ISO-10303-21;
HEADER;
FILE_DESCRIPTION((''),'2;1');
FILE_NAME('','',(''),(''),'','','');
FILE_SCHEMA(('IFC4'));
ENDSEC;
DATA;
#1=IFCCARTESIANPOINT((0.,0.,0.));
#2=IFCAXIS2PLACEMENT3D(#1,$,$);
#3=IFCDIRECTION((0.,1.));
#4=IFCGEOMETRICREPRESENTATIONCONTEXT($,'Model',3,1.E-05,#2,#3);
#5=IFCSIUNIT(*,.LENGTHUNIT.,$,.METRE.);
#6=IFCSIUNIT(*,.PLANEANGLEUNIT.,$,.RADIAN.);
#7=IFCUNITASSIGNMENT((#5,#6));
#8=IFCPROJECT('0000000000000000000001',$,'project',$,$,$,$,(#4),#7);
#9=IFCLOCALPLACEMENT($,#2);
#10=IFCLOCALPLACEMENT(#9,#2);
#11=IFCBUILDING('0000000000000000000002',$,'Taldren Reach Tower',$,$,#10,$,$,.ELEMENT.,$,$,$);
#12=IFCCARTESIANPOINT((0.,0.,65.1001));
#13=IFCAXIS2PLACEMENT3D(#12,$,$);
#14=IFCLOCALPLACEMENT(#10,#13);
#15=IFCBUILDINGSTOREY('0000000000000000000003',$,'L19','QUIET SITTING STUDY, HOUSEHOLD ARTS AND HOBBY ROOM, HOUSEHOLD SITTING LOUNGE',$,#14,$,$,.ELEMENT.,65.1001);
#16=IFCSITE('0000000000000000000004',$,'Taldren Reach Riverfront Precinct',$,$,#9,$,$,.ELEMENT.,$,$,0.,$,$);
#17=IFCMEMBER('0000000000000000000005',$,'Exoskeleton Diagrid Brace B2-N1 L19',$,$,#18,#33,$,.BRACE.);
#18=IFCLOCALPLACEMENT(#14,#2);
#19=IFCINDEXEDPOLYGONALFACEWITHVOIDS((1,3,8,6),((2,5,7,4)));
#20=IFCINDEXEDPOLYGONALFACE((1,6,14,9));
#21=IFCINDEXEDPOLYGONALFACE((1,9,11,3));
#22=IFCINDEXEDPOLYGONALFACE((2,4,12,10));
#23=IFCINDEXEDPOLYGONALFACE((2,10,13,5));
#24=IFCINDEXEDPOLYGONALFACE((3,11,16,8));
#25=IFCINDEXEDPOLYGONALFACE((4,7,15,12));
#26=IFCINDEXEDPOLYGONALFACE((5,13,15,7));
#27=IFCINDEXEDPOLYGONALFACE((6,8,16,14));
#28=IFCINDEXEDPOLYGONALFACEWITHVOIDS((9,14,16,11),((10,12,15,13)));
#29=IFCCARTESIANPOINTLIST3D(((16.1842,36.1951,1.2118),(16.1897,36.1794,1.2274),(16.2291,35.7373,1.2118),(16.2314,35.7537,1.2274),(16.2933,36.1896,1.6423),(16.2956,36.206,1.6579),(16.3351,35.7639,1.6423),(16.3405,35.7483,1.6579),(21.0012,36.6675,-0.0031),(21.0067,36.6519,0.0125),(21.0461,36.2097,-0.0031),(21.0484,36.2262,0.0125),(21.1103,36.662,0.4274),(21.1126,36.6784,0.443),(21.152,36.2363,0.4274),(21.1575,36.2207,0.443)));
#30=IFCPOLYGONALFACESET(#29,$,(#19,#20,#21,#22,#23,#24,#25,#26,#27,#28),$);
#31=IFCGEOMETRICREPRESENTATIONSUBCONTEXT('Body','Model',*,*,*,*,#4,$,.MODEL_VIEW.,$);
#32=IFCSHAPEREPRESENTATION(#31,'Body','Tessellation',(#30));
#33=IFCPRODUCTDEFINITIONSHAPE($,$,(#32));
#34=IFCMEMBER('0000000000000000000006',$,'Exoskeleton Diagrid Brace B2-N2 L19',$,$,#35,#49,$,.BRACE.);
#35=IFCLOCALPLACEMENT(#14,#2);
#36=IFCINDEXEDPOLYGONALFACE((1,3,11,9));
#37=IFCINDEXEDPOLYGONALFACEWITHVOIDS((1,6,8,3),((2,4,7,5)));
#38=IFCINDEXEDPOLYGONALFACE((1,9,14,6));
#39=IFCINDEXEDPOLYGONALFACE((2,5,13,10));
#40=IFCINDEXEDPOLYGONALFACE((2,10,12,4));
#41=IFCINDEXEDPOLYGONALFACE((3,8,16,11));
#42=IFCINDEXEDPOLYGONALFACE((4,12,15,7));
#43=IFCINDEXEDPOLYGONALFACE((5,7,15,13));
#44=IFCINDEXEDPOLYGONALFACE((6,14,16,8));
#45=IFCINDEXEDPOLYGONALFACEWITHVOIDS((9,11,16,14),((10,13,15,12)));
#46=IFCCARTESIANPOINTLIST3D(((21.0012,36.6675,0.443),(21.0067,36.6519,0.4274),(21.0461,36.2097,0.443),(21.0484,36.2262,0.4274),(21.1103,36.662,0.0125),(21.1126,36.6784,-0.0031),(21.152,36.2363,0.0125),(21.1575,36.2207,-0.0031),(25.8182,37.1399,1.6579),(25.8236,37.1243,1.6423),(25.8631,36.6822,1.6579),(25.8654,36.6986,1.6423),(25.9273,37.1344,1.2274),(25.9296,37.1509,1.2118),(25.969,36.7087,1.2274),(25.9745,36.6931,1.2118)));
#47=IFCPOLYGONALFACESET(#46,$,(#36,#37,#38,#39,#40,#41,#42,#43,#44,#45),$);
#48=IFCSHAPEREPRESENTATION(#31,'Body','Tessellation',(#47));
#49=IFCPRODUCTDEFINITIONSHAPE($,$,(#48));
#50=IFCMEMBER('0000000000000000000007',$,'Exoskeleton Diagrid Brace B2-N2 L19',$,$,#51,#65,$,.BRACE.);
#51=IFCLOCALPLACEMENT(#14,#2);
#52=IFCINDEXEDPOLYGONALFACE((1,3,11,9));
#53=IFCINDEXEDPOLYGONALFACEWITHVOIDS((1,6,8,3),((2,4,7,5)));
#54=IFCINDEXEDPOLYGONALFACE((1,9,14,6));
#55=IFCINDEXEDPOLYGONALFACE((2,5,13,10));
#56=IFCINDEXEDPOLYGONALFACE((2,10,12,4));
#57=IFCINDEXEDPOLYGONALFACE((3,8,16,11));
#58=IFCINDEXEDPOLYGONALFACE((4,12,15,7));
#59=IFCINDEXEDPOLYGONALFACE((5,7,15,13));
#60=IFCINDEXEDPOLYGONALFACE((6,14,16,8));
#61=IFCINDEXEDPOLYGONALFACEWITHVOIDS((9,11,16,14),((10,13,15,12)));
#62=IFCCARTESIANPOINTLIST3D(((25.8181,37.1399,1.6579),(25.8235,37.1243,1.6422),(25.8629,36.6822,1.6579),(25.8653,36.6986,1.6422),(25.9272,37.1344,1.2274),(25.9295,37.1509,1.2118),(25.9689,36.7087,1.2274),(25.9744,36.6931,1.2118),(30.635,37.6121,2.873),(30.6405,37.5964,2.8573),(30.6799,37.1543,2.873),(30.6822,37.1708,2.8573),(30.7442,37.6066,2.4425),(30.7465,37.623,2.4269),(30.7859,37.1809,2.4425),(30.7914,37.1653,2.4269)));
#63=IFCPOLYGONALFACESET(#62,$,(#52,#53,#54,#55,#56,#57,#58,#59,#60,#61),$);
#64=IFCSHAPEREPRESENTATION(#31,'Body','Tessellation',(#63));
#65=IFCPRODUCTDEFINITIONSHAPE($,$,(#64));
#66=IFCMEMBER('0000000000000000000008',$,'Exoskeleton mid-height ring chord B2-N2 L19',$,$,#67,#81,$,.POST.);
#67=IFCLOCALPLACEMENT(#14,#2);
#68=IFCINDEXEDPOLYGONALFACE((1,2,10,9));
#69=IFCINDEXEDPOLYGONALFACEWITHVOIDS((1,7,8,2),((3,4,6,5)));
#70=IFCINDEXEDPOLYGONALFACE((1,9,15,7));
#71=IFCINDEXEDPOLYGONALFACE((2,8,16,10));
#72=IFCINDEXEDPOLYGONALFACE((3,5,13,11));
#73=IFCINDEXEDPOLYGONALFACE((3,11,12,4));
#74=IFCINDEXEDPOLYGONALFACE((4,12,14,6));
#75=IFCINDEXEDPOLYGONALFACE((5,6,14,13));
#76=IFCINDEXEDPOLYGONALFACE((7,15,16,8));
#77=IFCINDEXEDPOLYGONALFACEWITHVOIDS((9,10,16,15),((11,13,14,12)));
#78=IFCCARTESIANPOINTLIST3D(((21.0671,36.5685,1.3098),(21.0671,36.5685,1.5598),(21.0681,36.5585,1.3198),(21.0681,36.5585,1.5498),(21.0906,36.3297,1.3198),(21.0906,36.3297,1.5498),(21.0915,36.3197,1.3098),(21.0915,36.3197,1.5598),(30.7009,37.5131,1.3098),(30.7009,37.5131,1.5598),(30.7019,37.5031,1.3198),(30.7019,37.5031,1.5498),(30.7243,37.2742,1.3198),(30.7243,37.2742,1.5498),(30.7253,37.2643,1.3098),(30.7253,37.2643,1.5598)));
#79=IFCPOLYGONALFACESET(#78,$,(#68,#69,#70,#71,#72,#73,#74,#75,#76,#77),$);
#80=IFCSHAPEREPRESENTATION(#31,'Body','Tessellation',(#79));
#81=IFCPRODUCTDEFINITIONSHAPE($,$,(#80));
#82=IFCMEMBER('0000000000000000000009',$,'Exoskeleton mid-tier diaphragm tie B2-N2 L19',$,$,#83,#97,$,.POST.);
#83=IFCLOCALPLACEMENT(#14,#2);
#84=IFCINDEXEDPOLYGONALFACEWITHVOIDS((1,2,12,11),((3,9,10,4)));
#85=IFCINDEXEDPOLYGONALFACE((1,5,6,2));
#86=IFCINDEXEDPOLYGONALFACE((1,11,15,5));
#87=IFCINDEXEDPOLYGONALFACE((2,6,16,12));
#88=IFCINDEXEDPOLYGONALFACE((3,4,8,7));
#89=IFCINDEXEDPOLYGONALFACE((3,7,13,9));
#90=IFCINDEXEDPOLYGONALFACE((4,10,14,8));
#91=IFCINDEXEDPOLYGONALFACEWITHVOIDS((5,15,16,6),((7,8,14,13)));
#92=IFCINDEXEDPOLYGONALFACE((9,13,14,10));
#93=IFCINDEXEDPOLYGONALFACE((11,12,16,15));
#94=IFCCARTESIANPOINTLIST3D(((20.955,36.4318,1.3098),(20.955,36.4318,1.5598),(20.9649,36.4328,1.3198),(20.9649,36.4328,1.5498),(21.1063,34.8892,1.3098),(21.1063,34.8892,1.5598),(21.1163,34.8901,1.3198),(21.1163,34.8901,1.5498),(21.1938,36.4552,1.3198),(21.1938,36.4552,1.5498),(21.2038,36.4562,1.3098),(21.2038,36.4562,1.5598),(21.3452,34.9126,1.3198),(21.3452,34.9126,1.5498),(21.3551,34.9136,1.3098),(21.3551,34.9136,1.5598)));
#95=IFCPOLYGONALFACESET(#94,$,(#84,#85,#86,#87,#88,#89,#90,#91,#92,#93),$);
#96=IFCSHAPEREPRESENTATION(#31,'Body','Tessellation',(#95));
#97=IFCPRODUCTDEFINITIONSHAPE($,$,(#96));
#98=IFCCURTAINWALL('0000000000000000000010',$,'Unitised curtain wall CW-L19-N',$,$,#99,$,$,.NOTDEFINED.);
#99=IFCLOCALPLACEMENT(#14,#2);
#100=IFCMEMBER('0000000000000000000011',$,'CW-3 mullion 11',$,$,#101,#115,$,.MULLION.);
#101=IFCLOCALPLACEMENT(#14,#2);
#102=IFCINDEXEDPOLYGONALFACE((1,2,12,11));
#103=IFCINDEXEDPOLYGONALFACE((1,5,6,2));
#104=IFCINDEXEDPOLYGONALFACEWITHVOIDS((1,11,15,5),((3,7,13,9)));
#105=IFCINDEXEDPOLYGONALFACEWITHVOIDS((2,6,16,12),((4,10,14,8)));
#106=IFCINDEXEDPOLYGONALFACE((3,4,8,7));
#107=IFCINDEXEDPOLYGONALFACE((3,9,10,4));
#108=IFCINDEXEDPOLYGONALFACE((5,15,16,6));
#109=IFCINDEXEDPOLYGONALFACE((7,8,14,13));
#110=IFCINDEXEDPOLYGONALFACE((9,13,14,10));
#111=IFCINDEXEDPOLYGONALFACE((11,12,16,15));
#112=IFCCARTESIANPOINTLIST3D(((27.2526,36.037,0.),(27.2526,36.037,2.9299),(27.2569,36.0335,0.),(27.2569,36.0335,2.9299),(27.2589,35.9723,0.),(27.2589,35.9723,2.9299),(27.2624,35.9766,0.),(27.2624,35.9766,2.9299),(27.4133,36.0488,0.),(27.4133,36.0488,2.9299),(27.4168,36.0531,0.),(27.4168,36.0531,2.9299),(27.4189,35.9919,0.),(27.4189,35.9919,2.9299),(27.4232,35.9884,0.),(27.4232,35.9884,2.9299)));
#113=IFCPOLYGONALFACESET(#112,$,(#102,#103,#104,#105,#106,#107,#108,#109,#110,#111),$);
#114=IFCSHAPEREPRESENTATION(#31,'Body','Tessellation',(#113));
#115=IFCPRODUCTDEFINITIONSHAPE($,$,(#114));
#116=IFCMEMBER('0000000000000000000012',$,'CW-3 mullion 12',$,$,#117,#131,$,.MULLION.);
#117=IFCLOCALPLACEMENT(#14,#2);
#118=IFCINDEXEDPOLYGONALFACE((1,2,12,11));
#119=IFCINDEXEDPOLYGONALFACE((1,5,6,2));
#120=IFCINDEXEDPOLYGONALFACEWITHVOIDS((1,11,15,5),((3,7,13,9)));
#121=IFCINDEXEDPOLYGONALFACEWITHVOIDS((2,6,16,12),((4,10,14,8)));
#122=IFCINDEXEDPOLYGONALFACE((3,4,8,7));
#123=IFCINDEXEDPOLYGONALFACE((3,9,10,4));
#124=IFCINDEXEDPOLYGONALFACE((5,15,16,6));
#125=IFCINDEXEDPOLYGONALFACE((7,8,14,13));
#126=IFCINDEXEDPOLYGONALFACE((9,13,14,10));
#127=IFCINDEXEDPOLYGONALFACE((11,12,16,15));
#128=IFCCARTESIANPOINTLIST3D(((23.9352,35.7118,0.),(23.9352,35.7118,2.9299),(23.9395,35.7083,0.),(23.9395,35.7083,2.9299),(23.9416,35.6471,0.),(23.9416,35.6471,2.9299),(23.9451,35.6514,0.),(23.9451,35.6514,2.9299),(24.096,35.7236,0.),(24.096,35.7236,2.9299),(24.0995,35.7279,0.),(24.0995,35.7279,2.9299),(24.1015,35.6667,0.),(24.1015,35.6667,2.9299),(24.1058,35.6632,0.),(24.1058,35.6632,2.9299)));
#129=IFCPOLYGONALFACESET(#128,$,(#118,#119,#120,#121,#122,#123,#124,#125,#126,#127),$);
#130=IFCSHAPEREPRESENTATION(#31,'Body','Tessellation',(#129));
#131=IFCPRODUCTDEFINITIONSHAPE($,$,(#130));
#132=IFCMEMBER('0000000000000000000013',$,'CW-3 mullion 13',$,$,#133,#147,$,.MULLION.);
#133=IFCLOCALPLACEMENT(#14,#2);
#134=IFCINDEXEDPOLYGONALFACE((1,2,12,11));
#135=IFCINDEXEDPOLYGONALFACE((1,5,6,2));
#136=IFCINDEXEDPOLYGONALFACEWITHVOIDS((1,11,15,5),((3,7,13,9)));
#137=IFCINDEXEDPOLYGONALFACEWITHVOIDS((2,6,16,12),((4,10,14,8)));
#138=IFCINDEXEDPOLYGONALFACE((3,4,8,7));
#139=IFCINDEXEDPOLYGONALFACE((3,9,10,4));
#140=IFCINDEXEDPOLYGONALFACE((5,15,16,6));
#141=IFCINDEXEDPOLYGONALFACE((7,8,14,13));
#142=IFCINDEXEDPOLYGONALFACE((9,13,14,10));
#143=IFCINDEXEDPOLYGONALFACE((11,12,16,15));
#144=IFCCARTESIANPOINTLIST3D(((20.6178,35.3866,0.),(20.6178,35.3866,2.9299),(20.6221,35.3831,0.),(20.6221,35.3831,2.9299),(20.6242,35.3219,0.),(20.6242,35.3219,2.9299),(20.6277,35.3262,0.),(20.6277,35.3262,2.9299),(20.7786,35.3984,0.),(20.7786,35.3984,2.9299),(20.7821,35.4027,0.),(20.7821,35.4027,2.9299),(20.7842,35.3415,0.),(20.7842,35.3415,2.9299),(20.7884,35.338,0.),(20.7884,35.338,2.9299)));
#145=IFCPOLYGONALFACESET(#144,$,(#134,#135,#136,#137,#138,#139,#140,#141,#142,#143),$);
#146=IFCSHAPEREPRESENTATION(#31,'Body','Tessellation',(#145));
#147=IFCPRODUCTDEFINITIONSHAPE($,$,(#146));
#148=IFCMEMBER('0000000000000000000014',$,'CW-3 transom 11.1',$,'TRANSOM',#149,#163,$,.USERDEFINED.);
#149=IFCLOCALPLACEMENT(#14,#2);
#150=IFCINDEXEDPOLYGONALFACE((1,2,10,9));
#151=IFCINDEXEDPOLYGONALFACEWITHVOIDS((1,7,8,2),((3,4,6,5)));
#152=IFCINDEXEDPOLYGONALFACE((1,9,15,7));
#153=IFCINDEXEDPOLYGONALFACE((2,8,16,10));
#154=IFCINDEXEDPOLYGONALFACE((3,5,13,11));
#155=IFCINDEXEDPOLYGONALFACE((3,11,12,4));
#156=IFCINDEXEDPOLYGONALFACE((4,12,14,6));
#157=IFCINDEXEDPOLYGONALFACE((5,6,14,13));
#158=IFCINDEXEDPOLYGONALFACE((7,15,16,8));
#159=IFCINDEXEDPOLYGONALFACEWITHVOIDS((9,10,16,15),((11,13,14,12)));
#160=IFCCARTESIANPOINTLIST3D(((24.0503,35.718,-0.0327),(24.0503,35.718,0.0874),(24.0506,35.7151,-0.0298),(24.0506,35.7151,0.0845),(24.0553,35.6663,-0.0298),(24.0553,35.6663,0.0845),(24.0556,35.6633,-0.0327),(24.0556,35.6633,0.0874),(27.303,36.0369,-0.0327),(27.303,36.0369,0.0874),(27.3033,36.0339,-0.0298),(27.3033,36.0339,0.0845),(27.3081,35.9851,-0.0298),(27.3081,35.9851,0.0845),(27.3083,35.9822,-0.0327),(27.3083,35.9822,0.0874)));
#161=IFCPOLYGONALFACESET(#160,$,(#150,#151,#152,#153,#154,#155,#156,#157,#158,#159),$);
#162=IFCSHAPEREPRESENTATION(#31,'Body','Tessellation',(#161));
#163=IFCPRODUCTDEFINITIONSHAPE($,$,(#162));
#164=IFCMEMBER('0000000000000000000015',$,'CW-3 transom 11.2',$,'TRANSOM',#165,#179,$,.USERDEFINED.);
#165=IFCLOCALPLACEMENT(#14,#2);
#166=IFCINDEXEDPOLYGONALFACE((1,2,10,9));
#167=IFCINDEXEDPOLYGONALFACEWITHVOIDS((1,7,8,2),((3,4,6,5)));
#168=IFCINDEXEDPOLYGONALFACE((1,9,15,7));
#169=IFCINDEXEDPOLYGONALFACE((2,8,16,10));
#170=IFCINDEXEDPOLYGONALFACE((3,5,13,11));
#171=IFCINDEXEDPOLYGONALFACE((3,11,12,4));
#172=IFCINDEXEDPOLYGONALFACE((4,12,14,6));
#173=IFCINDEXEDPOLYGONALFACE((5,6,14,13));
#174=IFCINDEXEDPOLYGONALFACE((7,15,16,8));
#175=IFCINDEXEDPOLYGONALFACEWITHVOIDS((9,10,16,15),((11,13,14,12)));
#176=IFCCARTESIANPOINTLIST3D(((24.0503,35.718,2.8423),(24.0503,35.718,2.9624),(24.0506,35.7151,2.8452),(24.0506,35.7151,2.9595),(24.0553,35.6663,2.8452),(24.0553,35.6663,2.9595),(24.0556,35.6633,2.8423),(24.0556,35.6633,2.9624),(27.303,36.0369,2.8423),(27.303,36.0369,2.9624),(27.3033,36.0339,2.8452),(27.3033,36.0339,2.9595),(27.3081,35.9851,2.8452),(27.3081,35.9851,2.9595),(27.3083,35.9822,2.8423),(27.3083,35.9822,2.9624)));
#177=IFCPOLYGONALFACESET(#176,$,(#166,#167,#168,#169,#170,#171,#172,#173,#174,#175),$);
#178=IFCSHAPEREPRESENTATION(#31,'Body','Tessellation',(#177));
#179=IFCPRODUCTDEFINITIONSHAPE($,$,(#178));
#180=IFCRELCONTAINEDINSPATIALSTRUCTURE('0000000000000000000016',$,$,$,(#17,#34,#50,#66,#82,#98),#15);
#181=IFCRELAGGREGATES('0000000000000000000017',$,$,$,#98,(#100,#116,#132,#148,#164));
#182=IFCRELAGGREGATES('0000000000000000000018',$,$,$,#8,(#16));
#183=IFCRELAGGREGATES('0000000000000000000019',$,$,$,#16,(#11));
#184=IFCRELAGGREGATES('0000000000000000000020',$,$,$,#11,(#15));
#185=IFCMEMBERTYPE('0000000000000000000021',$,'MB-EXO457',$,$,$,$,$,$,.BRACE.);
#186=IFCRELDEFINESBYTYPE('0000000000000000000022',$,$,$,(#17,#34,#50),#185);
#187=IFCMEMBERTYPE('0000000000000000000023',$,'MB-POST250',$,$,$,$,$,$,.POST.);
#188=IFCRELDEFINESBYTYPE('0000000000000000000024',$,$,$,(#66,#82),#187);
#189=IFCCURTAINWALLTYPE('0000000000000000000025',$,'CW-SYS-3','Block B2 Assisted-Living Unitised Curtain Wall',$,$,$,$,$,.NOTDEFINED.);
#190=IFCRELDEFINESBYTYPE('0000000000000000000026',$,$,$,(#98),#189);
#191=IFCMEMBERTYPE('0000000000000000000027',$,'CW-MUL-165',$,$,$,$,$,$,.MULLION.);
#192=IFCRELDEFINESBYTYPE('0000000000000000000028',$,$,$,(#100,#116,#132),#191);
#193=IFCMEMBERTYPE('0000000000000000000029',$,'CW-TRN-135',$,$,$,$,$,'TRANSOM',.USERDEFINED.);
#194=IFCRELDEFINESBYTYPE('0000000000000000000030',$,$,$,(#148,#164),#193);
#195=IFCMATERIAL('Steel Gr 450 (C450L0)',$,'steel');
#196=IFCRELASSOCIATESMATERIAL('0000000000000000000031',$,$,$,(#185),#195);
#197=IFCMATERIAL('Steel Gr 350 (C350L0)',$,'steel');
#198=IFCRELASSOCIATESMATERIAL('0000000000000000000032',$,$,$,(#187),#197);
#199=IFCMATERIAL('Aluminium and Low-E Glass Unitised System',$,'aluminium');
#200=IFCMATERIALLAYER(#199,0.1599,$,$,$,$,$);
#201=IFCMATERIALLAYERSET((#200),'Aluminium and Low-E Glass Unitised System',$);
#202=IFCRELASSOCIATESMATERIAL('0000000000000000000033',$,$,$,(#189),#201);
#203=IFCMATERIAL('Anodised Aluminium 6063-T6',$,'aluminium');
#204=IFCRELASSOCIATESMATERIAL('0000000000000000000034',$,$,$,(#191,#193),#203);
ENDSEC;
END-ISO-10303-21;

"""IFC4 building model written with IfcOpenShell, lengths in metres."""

from ifc_helpers import new_model, si_unit, direction, frame, origin, origin_2d, place, context, subcontext, project, spatial, hollow_rectangle, extrude, source, transform, mapped, material, layer, layer_set, material_profile, profile_set, type_object, element, aggregate, save


model = new_model("IFC4")

# Units and contexts
model_context = context("Model", 3, precision=1e-05, world=origin(), true_north=direction((0.0, 1.0)))
body_context = subcontext(model_context, "Body", "Model", "MODEL_VIEW")
ifc_project = project(units=[si_unit("LENGTHUNIT", "METRE"), si_unit("PLANEANGLEUNIT", "RADIAN")], contexts=[model_context])

# Site, building, storey
site_placement = place(None, origin())
site = spatial("IfcSite", under=ifc_project, at=site_placement, Name="Taldren Reach Riverfront Precinct", CompositionType="ELEMENT", RefElevation=0.0)
building_placement = place(site_placement, origin())
building = spatial("IfcBuilding", under=site, at=building_placement, Name="Taldren Reach Tower", CompositionType="ELEMENT")
storey_placement = place(building_placement, frame((0.0, 0.0, 65.1001)))
storey = spatial("IfcBuildingStorey", under=building, at=storey_placement, Name="L19", Description="QUIET SITTING STUDY, HOUSEHOLD ARTS AND HOBBY ROOM, HOUSEHOLD SITTING LOUNGE", CompositionType="ELEMENT", Elevation=65.1001)

# Members
ifc_material_1 = material(Name="Steel Gr 450 (C450L0)", Category="steel")
ifc_material_profile_1 = material_profile(ifc_material_1, hollow_rectangle(XDim=0.46, YDim=0.46, WallThickness=0.0161, at=origin_2d()), Name="460x460x16.0SHS")
ifc_profile_set_1 = profile_set([ifc_material_profile_1], Name="Steel Gr 450 (C450L0)")
member_type_1 = type_object("IfcMemberType", Name="MB-EXO457", PredefinedType="BRACE", material=ifc_profile_set_1)
shared_shape_1 = source(origin(), body_context, "Body", "SweptSolid", [
    extrude(hollow_rectangle(XDim=0.46, YDim=0.46, WallThickness=0.0161, at=origin_2d()), origin(), (0.0, 0.0, 1.0), 4.9902),
])
for number, where, z_axis, x_axis, name in (
    (1, (21.0793, 36.4441, 0.22), (-0.965283, -0.094669, 0.243449), (0.097606, -0.995225, 0.0), "Exoskeleton Diagrid Brace B2-N1 L19"),
    (2, (21.0793, 36.4441, 0.22), (0.965283, 0.094669, 0.243449), (-0.097606, 0.995225, 0.0), "Exoskeleton Diagrid Brace B2-N2 L19"),
    (3, (25.8962, 36.9165, 1.4348), (0.965276, 0.09462, 0.243496), (-0.097556, 0.99523, 0.0), "Exoskeleton Diagrid Brace B2-N2 L19"),
):
    element("IfcMember", number, at=place(storey_placement, frame(where, z_axis=z_axis, x_axis=x_axis)), inside=storey, type_object=member_type_1, Name=name, PredefinedType="BRACE", context=body_context, shape_type="MappedRepresentation", body=[
        mapped(shared_shape_1, transform((0.0, 0.0, 0.0), scale=1.0)),
    ])
ifc_material_2 = material(Name="Steel Gr 350 (C350L0)", Category="steel")
ifc_material_profile_2 = material_profile(ifc_material_2, hollow_rectangle(XDim=0.25, YDim=0.25, WallThickness=0.01, at=origin_2d()), Name="250x250x10.0SHS")
ifc_profile_set_2 = profile_set([ifc_material_profile_2], Name="Steel Gr 350 (C350L0)")
member_type_2 = type_object("IfcMemberType", Name="MB-POST250", PredefinedType="POST", material=ifc_profile_set_2)
shared_shape_2 = source(origin(), body_context, "Body", "SweptSolid", [
    extrude(hollow_rectangle(XDim=0.25, YDim=0.25, WallThickness=0.01, at=origin_2d()), origin(), (0.0, 0.0, 1.0), 9.6799),
])
member_1_placement = place(storey_placement, frame((21.0793, 36.4441, 1.4348), z_axis=(0.995228, 0.097581, 0.0), x_axis=(-0.097581, 0.995228, 0.0)))
element("IfcMember", 4, at=member_1_placement, inside=storey, type_object=member_type_2, Name="Exoskeleton mid-height ring chord B2-N2 L19", PredefinedType="POST", context=body_context, shape_type="MappedRepresentation", body=[
    mapped(shared_shape_2, transform((0.0, 0.0, 0.0), scale=1.0)),
])
shared_shape_3 = source(origin(), body_context, "Body", "SweptSolid", [
    extrude(hollow_rectangle(XDim=0.25, YDim=0.25, WallThickness=0.01, at=origin_2d()), origin(), (0.0, 0.0, 1.0), 1.55),
])
member_2_placement = place(storey_placement, frame((21.2307, 34.9014, 1.4348), z_axis=(-0.097648, 0.995221, 0.0), x_axis=(-0.995221, -0.097648, 0.0)))
element("IfcMember", 5, at=member_2_placement, inside=storey, type_object=member_type_2, Name="Exoskeleton mid-tier diaphragm tie B2-N2 L19", PredefinedType="POST", context=body_context, shape_type="MappedRepresentation", body=[
    mapped(shared_shape_3, transform((0.0, 0.0, 0.0), scale=1.0)),
])

# Curtain wall, members
ifc_material_3 = material(Name="Aluminium and Low-E Glass Unitised System", Category="aluminium")
ifc_layer_1 = layer(ifc_material_3, 0.1599)
ifc_layer_set_1 = layer_set([ifc_layer_1], Name="Aluminium and Low-E Glass Unitised System")
curtain_wall_type = type_object("IfcCurtainWallType", Name="CW-SYS-3", Description="Block B2 Assisted-Living Unitised Curtain Wall", PredefinedType="NOTDEFINED", material=ifc_layer_set_1)
curtain_wall_placement = place(storey_placement, origin())
curtain_wall = element("IfcCurtainWall", 6, at=curtain_wall_placement, inside=storey, type_object=curtain_wall_type, Name="Unitised curtain wall CW-L19-N", PredefinedType="NOTDEFINED")
ifc_material_4 = material(Name="Anodised Aluminium 6063-T6", Category="aluminium")
ifc_material_profile_3 = material_profile(ifc_material_4, hollow_rectangle(XDim=0.0649, YDim=0.165, WallThickness=0.0039, at=origin_2d()), Name="ALU-165x65x4RHS")
ifc_profile_set_3 = profile_set([ifc_material_profile_3], Name="Anodised Aluminium 6063-T6")
member_type_3 = type_object("IfcMemberType", Name="CW-MUL-165", PredefinedType="MULLION", material=ifc_profile_set_3)
shared_shape_4 = source(origin(), body_context, "Body", "SweptSolid", [
    extrude(hollow_rectangle(XDim=0.0649, YDim=0.165, WallThickness=0.0039, at=origin_2d()), origin(), (0.0, 0.0, 1.0), 2.9299),
])
member_3_placement = place(storey_placement, frame((27.3379, 36.0127, 0.0), z_axis=(0.0, 0.0, 1.0), x_axis=(0.097583, -0.995227, 0.0)))
member_3 = element("IfcMember", 7, at=member_3_placement, type_object=member_type_3, Name="CW-3 mullion 11", PredefinedType="MULLION", context=body_context, shape_type="MappedRepresentation", body=[
    mapped(shared_shape_4, transform((0.0, 0.0, 0.0), scale=1.0)),
])
member_4_placement = place(storey_placement, frame((24.0205, 35.6875, 0.0), z_axis=(0.0, 0.0, 1.0), x_axis=(0.097583, -0.995227, 0.0)))
member_4 = element("IfcMember", 8, at=member_4_placement, type_object=member_type_3, Name="CW-3 mullion 12", PredefinedType="MULLION", context=body_context, shape_type="MappedRepresentation", body=[
    mapped(shared_shape_4, transform((0.0, 0.0, 0.0), scale=1.0)),
])
member_5_placement = place(storey_placement, frame((20.7031, 35.3623, 0.0), z_axis=(0.0, 0.0, 1.0), x_axis=(0.097583, -0.995227, 0.0)))
member_5 = element("IfcMember", 9, at=member_5_placement, type_object=member_type_3, Name="CW-3 mullion 13", PredefinedType="MULLION", context=body_context, shape_type="MappedRepresentation", body=[
    mapped(shared_shape_4, transform((0.0, 0.0, 0.0), scale=1.0)),
])
ifc_material_profile_4 = material_profile(ifc_material_4, hollow_rectangle(XDim=0.0549, YDim=0.1201, WallThickness=0.0029, at=origin_2d()), Name="ALU-120x55x3RHS")
ifc_profile_set_4 = profile_set([ifc_material_profile_4], Name="Anodised Aluminium 6063-T6")
member_type_4 = type_object("IfcMemberType", Name="CW-TRN-135", ElementType="TRANSOM", PredefinedType="USERDEFINED", material=ifc_profile_set_4)
shared_shape_5 = source(origin(), body_context, "Body", "SweptSolid", [
    extrude(hollow_rectangle(XDim=0.0549, YDim=0.1201, WallThickness=0.0029, at=origin_2d()), origin(), (0.0, 0.0, 1.0), 3.2683),
])
member_6_placement = place(storey_placement, frame((27.3057, 36.0095, 0.0273), z_axis=(-0.99523, -0.097558, 0.0), x_axis=(0.097558, -0.99523, 0.0)))
member_6 = element("IfcMember", 10, at=member_6_placement, type_object=member_type_4, Name="CW-3 transom 11.1", ObjectType="TRANSOM", PredefinedType="USERDEFINED", context=body_context, shape_type="MappedRepresentation", body=[
    mapped(shared_shape_5, transform((0.0, 0.0, 0.0), scale=1.0)),
])
member_7_placement = place(storey_placement, frame((27.3057, 36.0095, 2.9023), z_axis=(-0.99523, -0.097558, 0.0), x_axis=(0.097558, -0.99523, 0.0)))
member_7 = element("IfcMember", 11, at=member_7_placement, type_object=member_type_4, Name="CW-3 transom 11.2", ObjectType="TRANSOM", PredefinedType="USERDEFINED", context=body_context, shape_type="MappedRepresentation", body=[
    mapped(shared_shape_5, transform((0.0, 0.0, 0.0), scale=1.0)),
])

aggregate(curtain_wall, [member_3, member_4, member_5, member_6, member_7])

save(model, "model.ifc")
